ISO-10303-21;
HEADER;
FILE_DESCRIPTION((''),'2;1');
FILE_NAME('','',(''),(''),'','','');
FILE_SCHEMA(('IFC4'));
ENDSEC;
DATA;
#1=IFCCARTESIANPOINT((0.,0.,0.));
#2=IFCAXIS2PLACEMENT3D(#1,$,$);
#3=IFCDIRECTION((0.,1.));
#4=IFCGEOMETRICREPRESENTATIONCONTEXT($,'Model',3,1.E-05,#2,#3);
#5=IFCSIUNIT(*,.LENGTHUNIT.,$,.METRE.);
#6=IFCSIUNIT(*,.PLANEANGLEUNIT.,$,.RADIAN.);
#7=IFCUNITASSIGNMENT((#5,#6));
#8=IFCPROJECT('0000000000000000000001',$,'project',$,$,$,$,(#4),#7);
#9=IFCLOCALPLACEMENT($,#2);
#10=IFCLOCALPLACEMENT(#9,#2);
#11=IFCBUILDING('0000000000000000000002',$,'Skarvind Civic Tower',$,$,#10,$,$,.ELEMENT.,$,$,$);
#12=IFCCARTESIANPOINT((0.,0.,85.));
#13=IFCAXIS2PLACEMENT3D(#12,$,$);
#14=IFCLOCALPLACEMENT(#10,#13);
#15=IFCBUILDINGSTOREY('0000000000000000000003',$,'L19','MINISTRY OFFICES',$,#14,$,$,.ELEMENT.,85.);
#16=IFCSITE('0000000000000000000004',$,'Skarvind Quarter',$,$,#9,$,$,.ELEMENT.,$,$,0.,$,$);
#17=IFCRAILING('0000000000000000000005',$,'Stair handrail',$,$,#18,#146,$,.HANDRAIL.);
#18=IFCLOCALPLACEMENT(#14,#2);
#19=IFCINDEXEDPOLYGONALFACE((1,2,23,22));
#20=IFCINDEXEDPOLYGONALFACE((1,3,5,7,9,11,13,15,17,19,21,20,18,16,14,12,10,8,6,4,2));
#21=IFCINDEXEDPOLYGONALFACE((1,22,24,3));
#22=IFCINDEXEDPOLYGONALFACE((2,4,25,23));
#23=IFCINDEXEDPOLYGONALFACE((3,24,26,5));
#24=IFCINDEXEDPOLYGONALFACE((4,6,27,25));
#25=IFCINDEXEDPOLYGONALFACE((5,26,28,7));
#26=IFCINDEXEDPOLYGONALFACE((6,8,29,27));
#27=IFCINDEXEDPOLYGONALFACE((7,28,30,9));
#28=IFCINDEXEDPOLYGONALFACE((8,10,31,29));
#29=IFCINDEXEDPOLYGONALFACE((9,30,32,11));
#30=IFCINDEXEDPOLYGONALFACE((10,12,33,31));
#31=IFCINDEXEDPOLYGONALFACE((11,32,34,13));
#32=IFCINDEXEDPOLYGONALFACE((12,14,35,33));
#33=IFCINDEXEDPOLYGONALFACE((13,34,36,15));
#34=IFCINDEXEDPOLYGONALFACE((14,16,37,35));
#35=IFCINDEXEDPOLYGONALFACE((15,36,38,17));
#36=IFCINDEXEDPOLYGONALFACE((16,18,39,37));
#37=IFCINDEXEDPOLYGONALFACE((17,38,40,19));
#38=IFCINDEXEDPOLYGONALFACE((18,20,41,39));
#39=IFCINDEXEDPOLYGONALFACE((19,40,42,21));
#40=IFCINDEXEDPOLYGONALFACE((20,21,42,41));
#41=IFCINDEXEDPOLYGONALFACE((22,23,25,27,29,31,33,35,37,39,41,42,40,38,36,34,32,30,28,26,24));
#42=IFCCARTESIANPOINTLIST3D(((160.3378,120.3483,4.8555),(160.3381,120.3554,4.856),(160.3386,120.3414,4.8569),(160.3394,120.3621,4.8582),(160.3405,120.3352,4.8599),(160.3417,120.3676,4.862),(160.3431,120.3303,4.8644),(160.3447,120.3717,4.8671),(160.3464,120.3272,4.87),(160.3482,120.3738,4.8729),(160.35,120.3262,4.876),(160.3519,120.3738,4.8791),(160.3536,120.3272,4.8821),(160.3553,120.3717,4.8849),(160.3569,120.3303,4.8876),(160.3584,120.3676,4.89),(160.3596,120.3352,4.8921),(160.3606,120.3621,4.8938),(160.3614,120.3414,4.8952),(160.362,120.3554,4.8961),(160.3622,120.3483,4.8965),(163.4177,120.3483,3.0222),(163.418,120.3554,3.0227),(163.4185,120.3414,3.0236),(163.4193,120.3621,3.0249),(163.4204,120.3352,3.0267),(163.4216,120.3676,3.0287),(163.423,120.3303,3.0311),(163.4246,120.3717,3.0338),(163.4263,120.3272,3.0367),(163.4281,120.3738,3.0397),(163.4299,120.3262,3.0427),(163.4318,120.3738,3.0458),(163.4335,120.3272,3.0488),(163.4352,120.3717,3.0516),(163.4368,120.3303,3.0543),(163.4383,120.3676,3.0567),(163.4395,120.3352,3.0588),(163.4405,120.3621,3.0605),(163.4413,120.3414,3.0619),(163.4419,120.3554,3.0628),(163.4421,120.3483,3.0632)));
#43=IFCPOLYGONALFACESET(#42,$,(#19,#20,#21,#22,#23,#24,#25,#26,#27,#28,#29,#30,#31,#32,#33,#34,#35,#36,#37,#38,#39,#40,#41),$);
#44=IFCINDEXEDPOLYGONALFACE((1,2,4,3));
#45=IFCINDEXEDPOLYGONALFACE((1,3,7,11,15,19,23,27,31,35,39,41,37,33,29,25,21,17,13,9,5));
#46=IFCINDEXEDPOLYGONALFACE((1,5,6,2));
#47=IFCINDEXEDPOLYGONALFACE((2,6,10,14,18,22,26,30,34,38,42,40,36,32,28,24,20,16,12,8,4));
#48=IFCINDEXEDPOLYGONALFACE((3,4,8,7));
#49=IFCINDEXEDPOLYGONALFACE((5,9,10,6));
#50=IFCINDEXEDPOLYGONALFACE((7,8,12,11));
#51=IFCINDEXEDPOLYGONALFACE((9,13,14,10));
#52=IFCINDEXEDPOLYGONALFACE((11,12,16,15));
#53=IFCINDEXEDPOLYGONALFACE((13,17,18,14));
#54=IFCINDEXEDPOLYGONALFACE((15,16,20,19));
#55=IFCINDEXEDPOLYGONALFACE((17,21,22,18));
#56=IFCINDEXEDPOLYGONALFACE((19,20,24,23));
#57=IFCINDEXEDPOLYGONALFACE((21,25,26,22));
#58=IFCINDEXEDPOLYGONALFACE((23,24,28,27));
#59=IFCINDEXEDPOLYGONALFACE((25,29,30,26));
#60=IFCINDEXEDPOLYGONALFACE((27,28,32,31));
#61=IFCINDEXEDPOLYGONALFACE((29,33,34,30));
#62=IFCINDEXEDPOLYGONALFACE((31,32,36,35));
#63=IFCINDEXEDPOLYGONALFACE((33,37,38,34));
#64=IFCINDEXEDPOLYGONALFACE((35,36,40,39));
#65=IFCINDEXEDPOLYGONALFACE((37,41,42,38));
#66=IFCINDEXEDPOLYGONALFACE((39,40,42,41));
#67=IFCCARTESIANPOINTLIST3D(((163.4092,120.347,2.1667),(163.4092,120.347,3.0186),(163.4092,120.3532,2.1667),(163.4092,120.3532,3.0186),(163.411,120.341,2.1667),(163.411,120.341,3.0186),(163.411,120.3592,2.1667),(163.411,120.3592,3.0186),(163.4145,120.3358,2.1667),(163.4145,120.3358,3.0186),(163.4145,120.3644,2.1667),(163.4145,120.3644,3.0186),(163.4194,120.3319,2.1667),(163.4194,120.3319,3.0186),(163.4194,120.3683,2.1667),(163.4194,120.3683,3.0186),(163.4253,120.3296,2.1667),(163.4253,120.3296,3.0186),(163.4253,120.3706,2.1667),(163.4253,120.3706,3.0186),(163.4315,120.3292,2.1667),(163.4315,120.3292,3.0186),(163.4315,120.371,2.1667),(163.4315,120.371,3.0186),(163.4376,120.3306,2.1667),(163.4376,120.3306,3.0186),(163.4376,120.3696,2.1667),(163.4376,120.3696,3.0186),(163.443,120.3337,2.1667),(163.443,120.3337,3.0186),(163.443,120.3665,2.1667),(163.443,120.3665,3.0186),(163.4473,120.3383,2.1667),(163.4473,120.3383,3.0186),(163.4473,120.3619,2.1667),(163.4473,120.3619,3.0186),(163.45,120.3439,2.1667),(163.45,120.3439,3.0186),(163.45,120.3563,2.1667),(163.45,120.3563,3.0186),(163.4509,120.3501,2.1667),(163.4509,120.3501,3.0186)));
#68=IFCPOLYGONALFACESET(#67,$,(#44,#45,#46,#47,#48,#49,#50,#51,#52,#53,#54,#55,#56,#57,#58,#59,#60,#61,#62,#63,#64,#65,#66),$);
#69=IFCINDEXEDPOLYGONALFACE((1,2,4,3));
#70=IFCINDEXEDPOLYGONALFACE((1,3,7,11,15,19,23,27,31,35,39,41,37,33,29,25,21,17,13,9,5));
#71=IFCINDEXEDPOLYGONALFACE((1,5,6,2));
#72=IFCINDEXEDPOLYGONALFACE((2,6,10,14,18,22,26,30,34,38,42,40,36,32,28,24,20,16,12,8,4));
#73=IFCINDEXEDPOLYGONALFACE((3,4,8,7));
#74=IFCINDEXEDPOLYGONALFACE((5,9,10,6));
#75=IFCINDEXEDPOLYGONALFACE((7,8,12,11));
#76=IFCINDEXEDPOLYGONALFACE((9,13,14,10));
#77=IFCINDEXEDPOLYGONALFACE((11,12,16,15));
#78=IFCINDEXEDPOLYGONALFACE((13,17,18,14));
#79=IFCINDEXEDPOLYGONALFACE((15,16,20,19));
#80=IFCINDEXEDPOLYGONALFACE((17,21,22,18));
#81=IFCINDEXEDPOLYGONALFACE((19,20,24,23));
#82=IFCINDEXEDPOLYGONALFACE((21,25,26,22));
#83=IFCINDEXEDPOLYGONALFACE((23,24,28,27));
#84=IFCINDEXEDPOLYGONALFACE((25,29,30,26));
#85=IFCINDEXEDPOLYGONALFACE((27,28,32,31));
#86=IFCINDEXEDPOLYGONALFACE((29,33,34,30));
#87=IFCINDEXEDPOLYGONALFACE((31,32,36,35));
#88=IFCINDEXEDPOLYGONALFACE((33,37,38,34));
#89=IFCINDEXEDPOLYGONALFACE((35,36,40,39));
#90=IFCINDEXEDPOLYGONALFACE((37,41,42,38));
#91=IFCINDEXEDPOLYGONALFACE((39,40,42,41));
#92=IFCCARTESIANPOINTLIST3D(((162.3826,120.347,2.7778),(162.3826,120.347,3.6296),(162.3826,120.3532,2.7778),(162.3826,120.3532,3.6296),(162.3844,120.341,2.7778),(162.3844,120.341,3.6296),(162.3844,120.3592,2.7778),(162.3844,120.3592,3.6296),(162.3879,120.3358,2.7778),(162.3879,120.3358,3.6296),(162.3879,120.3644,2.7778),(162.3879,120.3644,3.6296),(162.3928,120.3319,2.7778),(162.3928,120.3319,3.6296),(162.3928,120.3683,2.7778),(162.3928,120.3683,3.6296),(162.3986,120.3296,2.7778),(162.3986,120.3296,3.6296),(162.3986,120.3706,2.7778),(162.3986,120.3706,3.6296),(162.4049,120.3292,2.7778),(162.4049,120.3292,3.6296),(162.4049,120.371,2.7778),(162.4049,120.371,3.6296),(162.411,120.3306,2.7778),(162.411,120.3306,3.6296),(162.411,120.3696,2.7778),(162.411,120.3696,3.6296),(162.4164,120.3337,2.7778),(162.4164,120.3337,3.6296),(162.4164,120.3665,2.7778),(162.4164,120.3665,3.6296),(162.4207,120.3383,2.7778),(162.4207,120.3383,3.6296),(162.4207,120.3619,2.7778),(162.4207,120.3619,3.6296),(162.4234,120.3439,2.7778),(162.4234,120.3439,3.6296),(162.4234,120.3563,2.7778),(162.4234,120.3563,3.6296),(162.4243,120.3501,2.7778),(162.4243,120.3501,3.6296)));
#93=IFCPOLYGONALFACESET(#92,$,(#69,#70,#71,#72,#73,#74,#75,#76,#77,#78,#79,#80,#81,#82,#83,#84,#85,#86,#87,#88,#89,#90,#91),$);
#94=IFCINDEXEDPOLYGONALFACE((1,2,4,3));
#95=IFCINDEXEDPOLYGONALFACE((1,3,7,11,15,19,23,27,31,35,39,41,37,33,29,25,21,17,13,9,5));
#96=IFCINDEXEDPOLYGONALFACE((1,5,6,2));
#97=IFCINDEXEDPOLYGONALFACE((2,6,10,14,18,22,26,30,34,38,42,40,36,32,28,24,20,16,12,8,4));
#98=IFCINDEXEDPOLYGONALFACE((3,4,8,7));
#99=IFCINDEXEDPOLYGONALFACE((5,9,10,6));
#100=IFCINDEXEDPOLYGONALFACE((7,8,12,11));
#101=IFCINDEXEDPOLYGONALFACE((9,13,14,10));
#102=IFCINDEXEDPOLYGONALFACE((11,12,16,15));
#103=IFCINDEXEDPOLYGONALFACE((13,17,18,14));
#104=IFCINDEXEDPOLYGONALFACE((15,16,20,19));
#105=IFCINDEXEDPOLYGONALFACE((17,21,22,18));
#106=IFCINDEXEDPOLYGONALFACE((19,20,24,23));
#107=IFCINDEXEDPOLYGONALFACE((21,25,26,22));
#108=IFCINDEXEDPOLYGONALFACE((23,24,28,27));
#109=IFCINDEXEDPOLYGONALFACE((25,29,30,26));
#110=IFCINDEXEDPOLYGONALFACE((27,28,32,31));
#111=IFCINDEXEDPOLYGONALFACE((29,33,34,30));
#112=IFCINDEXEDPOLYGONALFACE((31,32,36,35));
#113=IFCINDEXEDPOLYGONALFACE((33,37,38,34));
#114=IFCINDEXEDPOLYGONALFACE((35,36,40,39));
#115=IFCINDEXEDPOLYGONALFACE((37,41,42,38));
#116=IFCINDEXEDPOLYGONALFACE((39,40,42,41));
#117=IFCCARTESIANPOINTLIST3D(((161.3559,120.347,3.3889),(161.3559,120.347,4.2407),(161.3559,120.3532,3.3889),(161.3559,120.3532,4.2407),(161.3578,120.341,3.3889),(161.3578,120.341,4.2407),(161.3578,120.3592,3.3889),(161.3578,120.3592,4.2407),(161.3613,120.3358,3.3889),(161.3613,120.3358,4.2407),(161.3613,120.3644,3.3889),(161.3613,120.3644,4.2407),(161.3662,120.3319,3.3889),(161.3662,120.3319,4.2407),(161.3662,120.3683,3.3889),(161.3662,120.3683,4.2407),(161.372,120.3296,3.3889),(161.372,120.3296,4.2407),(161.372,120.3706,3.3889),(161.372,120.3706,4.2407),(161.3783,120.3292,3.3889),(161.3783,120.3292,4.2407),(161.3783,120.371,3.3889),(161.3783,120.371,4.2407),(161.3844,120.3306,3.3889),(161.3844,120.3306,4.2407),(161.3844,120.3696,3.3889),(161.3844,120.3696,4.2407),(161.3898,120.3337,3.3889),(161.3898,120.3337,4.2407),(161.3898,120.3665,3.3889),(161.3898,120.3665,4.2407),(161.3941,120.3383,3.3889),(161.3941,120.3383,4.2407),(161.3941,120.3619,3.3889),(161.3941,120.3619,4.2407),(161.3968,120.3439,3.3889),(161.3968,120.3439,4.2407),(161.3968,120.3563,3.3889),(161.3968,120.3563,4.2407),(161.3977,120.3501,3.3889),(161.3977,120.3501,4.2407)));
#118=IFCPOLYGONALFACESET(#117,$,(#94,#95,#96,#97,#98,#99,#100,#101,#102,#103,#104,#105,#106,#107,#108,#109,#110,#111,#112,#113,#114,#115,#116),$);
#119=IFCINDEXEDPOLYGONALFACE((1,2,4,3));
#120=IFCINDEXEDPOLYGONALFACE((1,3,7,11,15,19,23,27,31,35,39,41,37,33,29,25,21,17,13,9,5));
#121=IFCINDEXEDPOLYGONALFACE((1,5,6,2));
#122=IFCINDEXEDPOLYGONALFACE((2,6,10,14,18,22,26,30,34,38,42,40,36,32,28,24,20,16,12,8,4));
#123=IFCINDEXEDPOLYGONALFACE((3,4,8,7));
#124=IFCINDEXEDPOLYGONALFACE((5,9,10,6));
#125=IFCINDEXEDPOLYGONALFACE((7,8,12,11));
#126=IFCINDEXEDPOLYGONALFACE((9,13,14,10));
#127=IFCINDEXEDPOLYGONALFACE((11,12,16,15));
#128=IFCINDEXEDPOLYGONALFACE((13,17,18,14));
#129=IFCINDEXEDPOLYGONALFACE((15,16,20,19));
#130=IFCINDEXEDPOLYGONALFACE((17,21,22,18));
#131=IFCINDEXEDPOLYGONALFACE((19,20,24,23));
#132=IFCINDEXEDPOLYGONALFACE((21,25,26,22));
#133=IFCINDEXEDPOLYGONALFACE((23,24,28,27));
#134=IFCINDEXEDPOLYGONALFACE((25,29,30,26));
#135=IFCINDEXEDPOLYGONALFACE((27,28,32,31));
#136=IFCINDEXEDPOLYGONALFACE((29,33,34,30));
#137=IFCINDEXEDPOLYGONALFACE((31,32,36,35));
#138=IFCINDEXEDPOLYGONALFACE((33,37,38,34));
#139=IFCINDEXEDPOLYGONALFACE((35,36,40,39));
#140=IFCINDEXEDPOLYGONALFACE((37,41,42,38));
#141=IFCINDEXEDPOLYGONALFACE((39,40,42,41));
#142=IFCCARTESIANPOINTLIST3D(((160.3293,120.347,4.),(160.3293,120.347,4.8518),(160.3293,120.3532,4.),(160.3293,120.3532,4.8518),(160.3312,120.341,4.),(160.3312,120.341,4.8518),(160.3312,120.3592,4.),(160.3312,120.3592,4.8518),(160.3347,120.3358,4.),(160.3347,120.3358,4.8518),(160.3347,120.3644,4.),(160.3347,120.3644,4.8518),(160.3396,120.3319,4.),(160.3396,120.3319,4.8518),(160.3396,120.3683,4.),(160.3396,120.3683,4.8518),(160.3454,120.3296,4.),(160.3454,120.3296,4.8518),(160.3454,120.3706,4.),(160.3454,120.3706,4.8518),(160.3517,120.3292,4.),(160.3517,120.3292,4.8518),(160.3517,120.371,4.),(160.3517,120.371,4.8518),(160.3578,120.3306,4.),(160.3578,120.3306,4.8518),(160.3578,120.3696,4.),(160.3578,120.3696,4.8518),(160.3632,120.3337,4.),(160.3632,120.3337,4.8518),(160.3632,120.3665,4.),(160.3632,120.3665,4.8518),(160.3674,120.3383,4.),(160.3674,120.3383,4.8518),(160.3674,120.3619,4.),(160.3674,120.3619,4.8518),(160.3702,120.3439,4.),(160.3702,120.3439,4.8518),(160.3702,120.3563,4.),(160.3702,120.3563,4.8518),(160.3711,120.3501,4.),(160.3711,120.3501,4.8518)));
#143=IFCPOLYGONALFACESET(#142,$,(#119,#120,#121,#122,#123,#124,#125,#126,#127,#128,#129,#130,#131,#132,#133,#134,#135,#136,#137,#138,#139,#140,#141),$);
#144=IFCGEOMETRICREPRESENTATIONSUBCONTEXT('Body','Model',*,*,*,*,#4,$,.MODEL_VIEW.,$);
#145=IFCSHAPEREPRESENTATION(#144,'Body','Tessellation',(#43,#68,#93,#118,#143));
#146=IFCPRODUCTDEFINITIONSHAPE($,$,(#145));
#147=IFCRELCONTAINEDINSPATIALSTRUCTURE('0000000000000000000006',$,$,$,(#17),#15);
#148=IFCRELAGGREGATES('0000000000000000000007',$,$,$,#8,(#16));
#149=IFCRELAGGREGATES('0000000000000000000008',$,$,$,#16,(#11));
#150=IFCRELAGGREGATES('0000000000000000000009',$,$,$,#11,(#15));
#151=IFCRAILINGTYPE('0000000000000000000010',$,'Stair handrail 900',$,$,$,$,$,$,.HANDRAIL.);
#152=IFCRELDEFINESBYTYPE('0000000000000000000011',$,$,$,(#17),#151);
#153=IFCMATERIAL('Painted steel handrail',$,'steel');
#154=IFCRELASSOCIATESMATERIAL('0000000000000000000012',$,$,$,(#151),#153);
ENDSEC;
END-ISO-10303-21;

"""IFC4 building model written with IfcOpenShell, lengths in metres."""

from ifc_helpers import new_model, si_unit, direction, frame, origin, origin_2d, place, context, subcontext, project, spatial, circle, extrude, material, type_object, element, save


model = new_model("IFC4")

# Units and contexts
model_context = context("Model", 3, precision=1e-05, world=origin(), true_north=direction((0.0, 1.0)))
body_context = subcontext(model_context, "Body", "Model", "MODEL_VIEW")
ifc_project = project(units=[si_unit("LENGTHUNIT", "METRE"), si_unit("PLANEANGLEUNIT", "RADIAN")], contexts=[model_context])

# Site, building, storey
site_placement = place(None, origin())
site = spatial("IfcSite", under=ifc_project, at=site_placement, Name="Skarvind Quarter", CompositionType="ELEMENT", RefElevation=0.0)
building_placement = place(site_placement, origin())
building = spatial("IfcBuilding", under=site, at=building_placement, Name="Skarvind Civic Tower", CompositionType="ELEMENT")
storey_placement = place(building_placement, frame((0.0, 0.0, 85.0)))
storey = spatial("IfcBuildingStorey", under=building, at=storey_placement, Name="L19", Description="MINISTRY OFFICES", CompositionType="ELEMENT", Elevation=85.0)

# Railing
ifc_material_1 = material(Name="Painted steel handrail", Category="steel")
railing_type = type_object("IfcRailingType", Name="Stair handrail 900", PredefinedType="HANDRAIL", material=ifc_material_1)
railing_placement = place(storey_placement, frame((163.4299, 120.3501, 2.1667)))
element("IfcRailing", 1, at=railing_placement, inside=storey, type_object=railing_type, Name="Stair handrail", PredefinedType="HANDRAIL", context=body_context, shape_type="SweptSolid", body=[
    extrude(circle(Radius=0.0239, at=origin_2d()), frame((0.0, 0.0, 0.876), z_axis=(-0.859291, 0.0, 0.511487), x_axis=(0.0, -1.0, 0.0)), (0.0, 0.0, 1.0), 3.5842),
    extrude(circle(Radius=0.021, at=origin_2d()), origin(), (0.0, 0.0, 1.0), 0.8518),
    extrude(circle(Radius=0.021, at=origin_2d()), frame((-1.0266, 0.0, 0.6111)), (0.0, 0.0, 1.0), 0.8518),
    extrude(circle(Radius=0.021, at=origin_2d()), frame((-2.0532, 0.0, 1.2222)), (0.0, 0.0, 1.0), 0.8518),
    extrude(circle(Radius=0.021, at=origin_2d()), frame((-3.0798, 0.0, 1.8333)), (0.0, 0.0, 1.0), 0.8518),
])

save(model, "model.ifc")
